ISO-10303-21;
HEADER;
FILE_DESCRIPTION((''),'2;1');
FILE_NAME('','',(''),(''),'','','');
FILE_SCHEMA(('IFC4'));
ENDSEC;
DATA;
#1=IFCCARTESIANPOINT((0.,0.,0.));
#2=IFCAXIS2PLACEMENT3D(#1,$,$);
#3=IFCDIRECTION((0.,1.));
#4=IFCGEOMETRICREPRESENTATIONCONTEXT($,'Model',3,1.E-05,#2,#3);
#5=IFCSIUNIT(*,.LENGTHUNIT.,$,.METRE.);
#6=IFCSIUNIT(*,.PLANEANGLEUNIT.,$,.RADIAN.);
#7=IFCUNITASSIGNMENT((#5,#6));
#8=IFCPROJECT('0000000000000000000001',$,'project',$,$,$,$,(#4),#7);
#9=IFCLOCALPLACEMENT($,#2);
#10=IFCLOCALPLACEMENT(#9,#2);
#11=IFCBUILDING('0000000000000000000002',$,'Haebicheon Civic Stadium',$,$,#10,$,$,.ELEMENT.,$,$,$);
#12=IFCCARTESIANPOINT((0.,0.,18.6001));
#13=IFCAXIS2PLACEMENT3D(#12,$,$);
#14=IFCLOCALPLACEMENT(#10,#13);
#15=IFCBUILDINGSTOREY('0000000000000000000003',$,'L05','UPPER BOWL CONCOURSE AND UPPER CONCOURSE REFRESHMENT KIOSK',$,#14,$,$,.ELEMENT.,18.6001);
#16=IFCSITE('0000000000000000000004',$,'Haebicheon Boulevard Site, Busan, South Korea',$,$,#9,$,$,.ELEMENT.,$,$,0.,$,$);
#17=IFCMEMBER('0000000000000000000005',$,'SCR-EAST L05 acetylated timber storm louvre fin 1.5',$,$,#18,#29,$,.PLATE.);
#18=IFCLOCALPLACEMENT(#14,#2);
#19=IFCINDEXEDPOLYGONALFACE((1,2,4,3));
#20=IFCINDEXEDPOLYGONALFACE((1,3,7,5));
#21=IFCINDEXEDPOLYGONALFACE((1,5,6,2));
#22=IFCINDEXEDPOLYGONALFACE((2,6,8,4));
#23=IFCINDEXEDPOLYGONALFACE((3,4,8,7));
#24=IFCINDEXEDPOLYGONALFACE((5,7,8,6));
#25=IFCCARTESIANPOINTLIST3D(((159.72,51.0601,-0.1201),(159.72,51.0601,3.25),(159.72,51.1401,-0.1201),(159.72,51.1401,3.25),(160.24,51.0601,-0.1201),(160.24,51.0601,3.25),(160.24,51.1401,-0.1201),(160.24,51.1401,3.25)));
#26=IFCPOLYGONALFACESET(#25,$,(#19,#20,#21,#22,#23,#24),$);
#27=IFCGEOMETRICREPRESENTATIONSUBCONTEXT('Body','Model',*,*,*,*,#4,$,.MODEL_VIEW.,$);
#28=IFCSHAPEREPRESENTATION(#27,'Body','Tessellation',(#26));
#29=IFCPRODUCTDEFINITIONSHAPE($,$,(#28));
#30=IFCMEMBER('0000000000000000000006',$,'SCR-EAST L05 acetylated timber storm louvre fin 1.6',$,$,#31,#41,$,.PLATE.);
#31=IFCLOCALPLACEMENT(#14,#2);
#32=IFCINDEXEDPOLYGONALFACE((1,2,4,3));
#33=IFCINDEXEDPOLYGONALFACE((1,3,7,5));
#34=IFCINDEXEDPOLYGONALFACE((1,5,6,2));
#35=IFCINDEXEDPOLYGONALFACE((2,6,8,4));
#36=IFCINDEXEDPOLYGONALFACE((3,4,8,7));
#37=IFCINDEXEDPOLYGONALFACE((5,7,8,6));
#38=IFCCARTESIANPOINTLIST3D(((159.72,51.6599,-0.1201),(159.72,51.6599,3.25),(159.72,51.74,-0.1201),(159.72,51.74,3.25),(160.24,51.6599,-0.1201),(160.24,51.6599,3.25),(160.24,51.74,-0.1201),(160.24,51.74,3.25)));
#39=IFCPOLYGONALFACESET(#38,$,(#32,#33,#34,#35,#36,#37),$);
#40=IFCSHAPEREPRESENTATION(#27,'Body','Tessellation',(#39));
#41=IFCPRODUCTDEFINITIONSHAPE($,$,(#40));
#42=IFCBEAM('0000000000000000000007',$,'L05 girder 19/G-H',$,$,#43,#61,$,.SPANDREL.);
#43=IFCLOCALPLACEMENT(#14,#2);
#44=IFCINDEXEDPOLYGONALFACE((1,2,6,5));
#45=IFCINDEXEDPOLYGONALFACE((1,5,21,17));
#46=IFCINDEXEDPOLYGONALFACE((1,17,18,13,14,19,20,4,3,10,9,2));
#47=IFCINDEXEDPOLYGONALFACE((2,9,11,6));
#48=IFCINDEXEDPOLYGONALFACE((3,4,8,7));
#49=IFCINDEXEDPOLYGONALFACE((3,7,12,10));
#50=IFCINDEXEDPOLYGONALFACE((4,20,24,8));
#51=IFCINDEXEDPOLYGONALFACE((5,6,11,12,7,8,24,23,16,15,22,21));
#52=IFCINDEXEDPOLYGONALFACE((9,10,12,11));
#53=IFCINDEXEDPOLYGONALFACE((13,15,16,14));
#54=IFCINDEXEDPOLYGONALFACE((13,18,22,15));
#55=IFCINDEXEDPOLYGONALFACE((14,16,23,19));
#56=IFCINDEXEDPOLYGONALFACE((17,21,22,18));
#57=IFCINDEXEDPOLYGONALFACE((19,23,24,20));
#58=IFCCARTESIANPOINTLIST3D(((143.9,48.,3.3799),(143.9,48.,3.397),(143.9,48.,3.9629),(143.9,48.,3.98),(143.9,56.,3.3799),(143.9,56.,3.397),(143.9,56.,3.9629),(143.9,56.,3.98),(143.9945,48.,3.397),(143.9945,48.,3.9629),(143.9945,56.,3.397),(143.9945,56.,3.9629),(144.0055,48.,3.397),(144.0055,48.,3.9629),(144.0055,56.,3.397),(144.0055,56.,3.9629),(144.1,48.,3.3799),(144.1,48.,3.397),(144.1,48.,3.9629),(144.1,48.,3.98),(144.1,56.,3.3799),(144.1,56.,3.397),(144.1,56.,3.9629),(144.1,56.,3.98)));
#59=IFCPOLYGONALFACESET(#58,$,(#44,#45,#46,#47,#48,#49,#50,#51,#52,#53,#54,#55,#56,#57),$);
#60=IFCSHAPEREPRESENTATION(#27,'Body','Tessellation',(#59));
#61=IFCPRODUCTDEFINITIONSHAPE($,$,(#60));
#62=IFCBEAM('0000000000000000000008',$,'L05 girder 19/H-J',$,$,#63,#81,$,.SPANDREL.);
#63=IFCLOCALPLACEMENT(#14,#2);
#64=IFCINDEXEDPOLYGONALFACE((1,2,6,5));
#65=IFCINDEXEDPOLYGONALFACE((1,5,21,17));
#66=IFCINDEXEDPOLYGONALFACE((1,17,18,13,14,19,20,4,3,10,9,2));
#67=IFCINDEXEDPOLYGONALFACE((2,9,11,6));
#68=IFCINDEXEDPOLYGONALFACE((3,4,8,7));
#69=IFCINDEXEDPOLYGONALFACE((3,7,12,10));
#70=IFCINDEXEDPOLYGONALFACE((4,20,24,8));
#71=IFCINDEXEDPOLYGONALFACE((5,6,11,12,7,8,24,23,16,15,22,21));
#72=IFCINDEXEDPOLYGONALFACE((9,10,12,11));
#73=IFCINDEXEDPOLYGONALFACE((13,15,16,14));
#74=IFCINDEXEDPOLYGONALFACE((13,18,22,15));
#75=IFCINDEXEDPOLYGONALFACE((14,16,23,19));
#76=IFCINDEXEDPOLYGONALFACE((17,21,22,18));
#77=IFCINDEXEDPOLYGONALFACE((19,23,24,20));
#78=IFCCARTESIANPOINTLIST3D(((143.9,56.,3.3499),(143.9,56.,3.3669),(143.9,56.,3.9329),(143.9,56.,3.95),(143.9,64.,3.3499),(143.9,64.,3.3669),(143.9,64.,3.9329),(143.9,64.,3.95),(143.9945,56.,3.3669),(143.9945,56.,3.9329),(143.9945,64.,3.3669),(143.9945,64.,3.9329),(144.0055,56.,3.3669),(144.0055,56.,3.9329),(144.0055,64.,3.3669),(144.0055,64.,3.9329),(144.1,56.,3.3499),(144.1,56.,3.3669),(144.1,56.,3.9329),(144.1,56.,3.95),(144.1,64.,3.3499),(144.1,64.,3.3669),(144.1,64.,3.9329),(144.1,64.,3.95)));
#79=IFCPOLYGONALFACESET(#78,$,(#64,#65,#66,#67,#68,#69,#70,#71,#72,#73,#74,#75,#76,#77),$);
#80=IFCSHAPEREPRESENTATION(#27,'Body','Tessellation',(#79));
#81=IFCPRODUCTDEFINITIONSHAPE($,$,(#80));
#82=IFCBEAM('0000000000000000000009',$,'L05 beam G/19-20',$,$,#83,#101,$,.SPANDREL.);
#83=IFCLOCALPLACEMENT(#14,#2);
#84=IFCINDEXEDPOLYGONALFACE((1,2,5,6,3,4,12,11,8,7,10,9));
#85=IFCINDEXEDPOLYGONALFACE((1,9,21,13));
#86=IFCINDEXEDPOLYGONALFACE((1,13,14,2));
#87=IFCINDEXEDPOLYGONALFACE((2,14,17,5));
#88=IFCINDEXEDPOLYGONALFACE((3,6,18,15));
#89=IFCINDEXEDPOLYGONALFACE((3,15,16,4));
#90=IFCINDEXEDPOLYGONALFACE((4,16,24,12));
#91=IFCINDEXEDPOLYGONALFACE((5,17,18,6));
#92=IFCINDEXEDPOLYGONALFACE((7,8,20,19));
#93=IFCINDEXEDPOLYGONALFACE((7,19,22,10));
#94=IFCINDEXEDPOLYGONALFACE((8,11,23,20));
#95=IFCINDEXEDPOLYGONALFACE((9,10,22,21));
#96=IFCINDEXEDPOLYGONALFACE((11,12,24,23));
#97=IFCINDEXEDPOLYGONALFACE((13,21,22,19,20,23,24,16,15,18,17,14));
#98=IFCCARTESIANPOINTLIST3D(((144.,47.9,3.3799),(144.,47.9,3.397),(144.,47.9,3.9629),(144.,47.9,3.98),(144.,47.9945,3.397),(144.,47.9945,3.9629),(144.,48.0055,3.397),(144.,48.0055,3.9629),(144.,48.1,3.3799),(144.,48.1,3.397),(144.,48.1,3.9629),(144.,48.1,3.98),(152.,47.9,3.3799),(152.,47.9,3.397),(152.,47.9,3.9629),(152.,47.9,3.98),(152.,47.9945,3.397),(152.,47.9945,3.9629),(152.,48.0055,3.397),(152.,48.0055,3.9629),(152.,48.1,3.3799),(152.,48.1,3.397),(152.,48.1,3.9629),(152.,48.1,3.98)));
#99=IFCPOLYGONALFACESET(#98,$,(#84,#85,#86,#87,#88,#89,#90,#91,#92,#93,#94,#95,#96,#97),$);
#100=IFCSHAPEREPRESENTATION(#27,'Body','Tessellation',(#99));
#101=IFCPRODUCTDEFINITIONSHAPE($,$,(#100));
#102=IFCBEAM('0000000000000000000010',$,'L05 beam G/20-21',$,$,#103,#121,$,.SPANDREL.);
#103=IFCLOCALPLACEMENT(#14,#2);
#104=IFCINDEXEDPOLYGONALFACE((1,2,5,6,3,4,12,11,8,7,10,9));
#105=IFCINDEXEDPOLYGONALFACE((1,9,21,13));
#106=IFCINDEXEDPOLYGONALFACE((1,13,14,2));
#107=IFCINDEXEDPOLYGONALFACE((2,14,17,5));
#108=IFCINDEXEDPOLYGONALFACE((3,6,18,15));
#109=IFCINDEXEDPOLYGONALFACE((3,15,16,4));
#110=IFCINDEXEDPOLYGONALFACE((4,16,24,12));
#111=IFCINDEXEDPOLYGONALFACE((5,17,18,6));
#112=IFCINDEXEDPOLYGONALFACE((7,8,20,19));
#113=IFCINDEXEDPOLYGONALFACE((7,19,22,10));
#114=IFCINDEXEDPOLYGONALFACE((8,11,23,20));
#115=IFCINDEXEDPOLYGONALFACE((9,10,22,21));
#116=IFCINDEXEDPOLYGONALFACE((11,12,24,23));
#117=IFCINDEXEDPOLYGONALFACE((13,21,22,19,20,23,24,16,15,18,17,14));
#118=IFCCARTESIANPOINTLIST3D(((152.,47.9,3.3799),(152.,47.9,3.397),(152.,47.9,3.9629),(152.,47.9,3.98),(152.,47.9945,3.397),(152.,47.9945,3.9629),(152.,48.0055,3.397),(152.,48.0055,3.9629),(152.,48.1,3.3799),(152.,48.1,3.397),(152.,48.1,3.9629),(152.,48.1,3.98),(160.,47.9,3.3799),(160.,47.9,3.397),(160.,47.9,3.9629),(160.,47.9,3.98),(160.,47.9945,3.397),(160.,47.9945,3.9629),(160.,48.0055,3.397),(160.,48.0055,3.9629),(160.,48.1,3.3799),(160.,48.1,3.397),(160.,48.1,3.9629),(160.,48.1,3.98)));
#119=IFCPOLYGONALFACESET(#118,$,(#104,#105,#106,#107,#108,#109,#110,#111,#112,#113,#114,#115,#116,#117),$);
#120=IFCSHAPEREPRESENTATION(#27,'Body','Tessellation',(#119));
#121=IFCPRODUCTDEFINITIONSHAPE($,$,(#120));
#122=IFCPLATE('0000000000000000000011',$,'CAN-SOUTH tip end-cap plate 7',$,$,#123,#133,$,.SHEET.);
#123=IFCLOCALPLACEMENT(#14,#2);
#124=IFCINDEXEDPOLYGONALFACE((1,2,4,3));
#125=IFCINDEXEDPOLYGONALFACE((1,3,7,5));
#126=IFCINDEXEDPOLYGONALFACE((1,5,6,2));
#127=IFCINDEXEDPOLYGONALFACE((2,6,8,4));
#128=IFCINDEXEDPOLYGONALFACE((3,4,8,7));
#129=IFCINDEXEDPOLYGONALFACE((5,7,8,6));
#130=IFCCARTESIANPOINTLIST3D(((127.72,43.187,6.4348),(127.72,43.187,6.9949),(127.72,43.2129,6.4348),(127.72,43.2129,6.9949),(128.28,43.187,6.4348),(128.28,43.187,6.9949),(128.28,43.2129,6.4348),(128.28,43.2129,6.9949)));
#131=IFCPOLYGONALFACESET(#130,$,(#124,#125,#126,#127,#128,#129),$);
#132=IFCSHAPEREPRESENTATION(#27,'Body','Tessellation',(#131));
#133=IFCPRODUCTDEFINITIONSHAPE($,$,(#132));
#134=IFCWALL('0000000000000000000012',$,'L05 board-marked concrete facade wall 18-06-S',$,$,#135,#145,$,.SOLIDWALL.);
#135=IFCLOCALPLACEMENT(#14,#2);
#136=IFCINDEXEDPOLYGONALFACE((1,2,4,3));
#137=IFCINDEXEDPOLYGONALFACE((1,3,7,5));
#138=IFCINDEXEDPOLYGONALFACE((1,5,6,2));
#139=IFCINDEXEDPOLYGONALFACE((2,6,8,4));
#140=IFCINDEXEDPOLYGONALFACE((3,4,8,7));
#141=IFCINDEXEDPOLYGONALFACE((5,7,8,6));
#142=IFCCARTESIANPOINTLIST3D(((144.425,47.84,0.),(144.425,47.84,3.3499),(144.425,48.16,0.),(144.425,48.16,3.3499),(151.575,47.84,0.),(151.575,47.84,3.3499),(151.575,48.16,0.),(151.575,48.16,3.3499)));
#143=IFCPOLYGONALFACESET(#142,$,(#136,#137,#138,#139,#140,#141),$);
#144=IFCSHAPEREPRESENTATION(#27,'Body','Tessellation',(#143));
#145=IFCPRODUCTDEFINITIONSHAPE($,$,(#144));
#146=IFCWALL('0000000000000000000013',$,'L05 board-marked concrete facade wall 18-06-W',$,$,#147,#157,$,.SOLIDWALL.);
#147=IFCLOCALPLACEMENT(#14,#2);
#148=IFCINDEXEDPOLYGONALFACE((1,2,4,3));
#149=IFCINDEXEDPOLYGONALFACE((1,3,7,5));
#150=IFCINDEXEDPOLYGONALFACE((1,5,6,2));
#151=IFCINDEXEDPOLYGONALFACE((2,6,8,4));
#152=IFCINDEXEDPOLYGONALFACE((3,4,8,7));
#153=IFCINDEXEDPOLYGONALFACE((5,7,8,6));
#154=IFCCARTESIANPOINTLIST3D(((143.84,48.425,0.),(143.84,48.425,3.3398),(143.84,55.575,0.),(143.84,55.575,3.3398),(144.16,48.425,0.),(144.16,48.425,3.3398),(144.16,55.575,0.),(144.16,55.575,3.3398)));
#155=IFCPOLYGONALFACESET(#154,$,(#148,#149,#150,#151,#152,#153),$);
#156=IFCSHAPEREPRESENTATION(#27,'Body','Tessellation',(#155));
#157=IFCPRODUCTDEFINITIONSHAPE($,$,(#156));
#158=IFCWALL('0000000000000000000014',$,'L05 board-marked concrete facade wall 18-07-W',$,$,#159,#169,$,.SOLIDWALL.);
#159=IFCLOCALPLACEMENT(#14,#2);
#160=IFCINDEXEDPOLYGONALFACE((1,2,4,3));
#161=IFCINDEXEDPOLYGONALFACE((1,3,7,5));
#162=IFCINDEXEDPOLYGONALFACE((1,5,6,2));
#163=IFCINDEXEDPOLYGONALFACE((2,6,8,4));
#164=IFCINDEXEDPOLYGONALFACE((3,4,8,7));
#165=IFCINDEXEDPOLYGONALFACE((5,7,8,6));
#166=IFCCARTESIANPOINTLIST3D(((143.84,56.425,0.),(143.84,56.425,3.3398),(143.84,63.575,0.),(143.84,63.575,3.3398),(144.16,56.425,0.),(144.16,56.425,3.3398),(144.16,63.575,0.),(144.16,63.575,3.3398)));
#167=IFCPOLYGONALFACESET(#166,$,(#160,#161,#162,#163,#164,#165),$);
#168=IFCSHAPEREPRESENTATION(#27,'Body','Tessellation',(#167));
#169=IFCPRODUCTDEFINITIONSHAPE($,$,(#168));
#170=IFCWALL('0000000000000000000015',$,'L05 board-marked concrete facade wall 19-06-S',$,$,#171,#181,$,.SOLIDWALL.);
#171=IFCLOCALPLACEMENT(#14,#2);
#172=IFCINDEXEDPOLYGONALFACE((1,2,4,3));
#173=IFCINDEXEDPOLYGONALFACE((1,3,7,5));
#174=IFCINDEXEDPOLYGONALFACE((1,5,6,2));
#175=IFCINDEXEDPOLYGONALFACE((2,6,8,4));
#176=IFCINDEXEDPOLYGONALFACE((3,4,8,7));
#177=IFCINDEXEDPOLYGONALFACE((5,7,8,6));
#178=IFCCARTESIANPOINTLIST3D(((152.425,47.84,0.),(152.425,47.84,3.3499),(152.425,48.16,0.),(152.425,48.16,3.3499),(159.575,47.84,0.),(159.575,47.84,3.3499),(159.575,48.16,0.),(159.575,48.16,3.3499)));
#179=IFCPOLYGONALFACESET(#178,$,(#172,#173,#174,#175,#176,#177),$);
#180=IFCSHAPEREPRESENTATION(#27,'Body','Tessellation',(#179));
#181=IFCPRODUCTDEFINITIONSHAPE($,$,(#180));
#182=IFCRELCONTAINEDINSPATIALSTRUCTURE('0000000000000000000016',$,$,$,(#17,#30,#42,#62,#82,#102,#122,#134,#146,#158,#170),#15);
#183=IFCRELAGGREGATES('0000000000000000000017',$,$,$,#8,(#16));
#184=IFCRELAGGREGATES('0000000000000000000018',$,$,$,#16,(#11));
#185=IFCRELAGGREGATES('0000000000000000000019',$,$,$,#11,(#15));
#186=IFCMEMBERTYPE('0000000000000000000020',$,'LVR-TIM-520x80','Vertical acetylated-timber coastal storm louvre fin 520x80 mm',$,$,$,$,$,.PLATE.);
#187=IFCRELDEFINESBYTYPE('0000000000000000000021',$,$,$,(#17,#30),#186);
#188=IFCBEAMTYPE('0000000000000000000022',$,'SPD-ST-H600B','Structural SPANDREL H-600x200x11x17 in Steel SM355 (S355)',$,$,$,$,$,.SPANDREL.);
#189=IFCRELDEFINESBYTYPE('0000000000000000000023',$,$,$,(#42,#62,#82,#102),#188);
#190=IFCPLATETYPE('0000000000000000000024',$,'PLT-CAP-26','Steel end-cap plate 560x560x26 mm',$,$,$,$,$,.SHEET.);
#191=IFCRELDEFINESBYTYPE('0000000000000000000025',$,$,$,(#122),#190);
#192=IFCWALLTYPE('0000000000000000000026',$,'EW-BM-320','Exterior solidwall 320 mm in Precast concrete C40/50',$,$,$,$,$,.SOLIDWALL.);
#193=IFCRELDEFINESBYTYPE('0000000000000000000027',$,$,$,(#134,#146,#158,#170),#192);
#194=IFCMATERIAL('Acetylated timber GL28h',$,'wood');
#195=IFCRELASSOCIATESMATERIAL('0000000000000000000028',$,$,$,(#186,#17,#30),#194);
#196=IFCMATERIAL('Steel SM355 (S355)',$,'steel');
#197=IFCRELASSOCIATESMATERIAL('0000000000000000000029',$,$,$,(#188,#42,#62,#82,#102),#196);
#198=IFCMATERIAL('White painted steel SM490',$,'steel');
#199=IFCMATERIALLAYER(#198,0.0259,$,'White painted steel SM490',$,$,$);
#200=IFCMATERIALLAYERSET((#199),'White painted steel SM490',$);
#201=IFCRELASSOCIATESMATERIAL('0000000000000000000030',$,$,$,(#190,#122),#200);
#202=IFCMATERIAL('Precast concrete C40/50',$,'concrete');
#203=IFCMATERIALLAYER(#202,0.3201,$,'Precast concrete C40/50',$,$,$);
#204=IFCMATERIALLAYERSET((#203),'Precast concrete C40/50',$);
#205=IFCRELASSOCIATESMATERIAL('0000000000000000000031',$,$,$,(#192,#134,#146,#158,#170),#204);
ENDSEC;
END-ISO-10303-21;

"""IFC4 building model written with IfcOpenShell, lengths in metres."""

from ifc_helpers import new_model, si_unit, direction, frame, frame_2d, origin, origin_2d, place, context, subcontext, project, spatial, rectangle, i_section, extrude, material, layer, layer_set, material_profile, profile_set, type_object, element, save


model = new_model("IFC4")

# Units and contexts
model_context = context("Model", 3, precision=1e-05, world=origin(), true_north=direction((0.0, 1.0)))
body_context = subcontext(model_context, "Body", "Model", "MODEL_VIEW")
ifc_project = project(units=[si_unit("LENGTHUNIT", "METRE"), si_unit("PLANEANGLEUNIT", "RADIAN")], contexts=[model_context])

# Site, building, storey
site_placement = place(None, origin())
site = spatial("IfcSite", under=ifc_project, at=site_placement, Name="Haebicheon Boulevard Site, Busan, South Korea", CompositionType="ELEMENT", RefElevation=0.0)
building_placement = place(site_placement, origin())
building = spatial("IfcBuilding", under=site, at=building_placement, Name="Haebicheon Civic Stadium", CompositionType="ELEMENT")
storey_placement = place(building_placement, frame((0.0, 0.0, 18.6001)))
storey = spatial("IfcBuildingStorey", under=building, at=storey_placement, Name="L05", Description="UPPER BOWL CONCOURSE AND UPPER CONCOURSE REFRESHMENT KIOSK", CompositionType="ELEMENT", Elevation=18.6001)

# Members
ifc_material_1 = material(Name="Acetylated timber GL28h", Category="wood")
ifc_material_profile_1 = material_profile(ifc_material_1, rectangle(XDim=0.0801, YDim=0.52, at=origin_2d()), Name="TMB-LOUV-80x520")
ifc_profile_set_1 = profile_set([ifc_material_profile_1], Name="Acetylated timber GL28h")
member_type = type_object("IfcMemberType", Name="LVR-TIM-520x80", Description="Vertical acetylated-timber coastal storm louvre fin 520x80 mm", PredefinedType="PLATE", material=ifc_profile_set_1)
for number, where, z_axis, x_axis, name in (
    (1, (159.98, 51.1001, -0.1201), (0.0, 0.0, 1.0), (0.0, 1.0, 0.0), "SCR-EAST L05 acetylated timber storm louvre fin 1.5"),
    (2, (159.98, 51.7, -0.1201), (0.0, 0.0, 1.0), (0.0, 1.0, 0.0), "SCR-EAST L05 acetylated timber storm louvre fin 1.6"),
):
    element("IfcMember", number, at=place(storey_placement, frame(where, z_axis=z_axis, x_axis=x_axis)), inside=storey, type_object=member_type, material=ifc_profile_set_1, Name=name, PredefinedType="PLATE", context=body_context, shape_type="SweptSolid", body=[
        extrude(rectangle(XDim=0.0801, YDim=0.52, at=origin_2d()), origin(), (0.0, 0.0, 1.0), 3.3701),
    ])

# Beams
ifc_material_2 = material(Name="Steel SM355 (S355)", Category="steel")
ifc_material_profile_2 = material_profile(ifc_material_2, i_section(OverallWidth=0.2, OverallDepth=0.6001, WebThickness=0.011, FlangeThickness=0.0171, at=origin_2d()), Name="H-600x200x11x17")
ifc_profile_set_2 = profile_set([ifc_material_profile_2], Name="Steel SM355 (S355)")
beam_type_1 = type_object("IfcBeamType", Name="SPD-ST-H600B", Description="Structural SPANDREL H-600x200x11x17 in Steel SM355 (S355)", PredefinedType="SPANDREL", material=ifc_profile_set_2)
for number, where, z_axis, x_axis, name in (
    (3, (144.0, 48.0, 3.6799), (0.0, 1.0, 0.0), (-1.0, 0.0, 0.0), "L05 girder 19/G-H"),
    (4, (144.0, 56.0, 3.6499), (0.0, 1.0, 0.0), (-1.0, 0.0, 0.0), "L05 girder 19/H-J"),
    (5, (144.0, 48.0, 3.6799), (1.0, 0.0, 0.0), (0.0, 1.0, 0.0), "L05 beam G/19-20"),
    (6, (152.0, 48.0, 3.6799), (1.0, 0.0, 0.0), (0.0, 1.0, 0.0), "L05 beam G/20-21"),
):
    element("IfcBeam", number, at=place(storey_placement, frame(where, z_axis=z_axis, x_axis=x_axis)), inside=storey, type_object=beam_type_1, material=ifc_profile_set_2, Name=name, PredefinedType="SPANDREL", context=body_context, shape_type="SweptSolid", body=[
        extrude(i_section(OverallWidth=0.2, OverallDepth=0.6001, WebThickness=0.011, FlangeThickness=0.0171, at=origin_2d()), origin(), (0.0, 0.0, 1.0), 8.0),
    ])

# Plate
ifc_material_3 = material(Name="White painted steel SM490", Category="steel")
ifc_layer_1 = layer(ifc_material_3, 0.0259, Name="White painted steel SM490")
ifc_layer_set_1 = layer_set([ifc_layer_1], Name="White painted steel SM490")
plate_type = type_object("IfcPlateType", Name="PLT-CAP-26", Description="Steel end-cap plate 560x560x26 mm", PredefinedType="SHEET", material=ifc_layer_set_1)
plate_placement = place(storey_placement, frame((128.0, 43.2, 6.4348), z_axis=(0.0, 0.0, 1.0), x_axis=(-1.0, 0.0, 0.0)))
element("IfcPlate", 7, at=plate_placement, inside=storey, type_object=plate_type, material=ifc_layer_set_1, Name="CAN-SOUTH tip end-cap plate 7", PredefinedType="SHEET", context=body_context, shape_type="SweptSolid", body=[
    extrude(rectangle(XDim=0.5601, YDim=0.0259, at=origin_2d()), origin(), (0.0, 0.0, 1.0), 0.5601),
])

# Walls
ifc_material_4 = material(Name="Precast concrete C40/50", Category="concrete")
ifc_layer_2 = layer(ifc_material_4, 0.3201, Name="Precast concrete C40/50")
ifc_layer_set_2 = layer_set([ifc_layer_2], Name="Precast concrete C40/50")
wall_type = type_object("IfcWallType", Name="EW-BM-320", Description="Exterior solidwall 320 mm in Precast concrete C40/50", PredefinedType="SOLIDWALL", material=ifc_layer_set_2)
wall_1_placement = place(storey_placement, frame((144.425, 48.0, 0.0), z_axis=(0.0, 0.0, 1.0), x_axis=(1.0, 0.0, 0.0)))
element("IfcWall", 8, at=wall_1_placement, inside=storey, type_object=wall_type, material=ifc_layer_set_2, Name="L05 board-marked concrete facade wall 18-06-S", PredefinedType="SOLIDWALL", context=body_context, shape_type="SweptSolid", body=[
    extrude(rectangle(XDim=7.1499, YDim=0.3201, at=frame_2d((3.575, 0.0))), origin(), (0.0, 0.0, 1.0), 3.3499),
])
for number, where, z_axis, x_axis, name in (
    (9, (144.0, 48.425, 0.0), (0.0, 0.0, 1.0), (0.0, 1.0, 0.0), "L05 board-marked concrete facade wall 18-06-W"),
    (10, (144.0, 56.425, 0.0), (0.0, 0.0, 1.0), (0.0, 1.0, 0.0), "L05 board-marked concrete facade wall 18-07-W"),
):
    element("IfcWall", number, at=place(storey_placement, frame(where, z_axis=z_axis, x_axis=x_axis)), inside=storey, type_object=wall_type, material=ifc_layer_set_2, Name=name, PredefinedType="SOLIDWALL", context=body_context, shape_type="SweptSolid", body=[
        extrude(rectangle(XDim=7.1499, YDim=0.3201, at=frame_2d((3.575, 0.0))), origin(), (0.0, 0.0, 1.0), 3.3398),
    ])
wall_2_placement = place(storey_placement, frame((152.425, 48.0, 0.0), z_axis=(0.0, 0.0, 1.0), x_axis=(1.0, 0.0, 0.0)))
element("IfcWall", 11, at=wall_2_placement, inside=storey, type_object=wall_type, material=ifc_layer_set_2, Name="L05 board-marked concrete facade wall 19-06-S", PredefinedType="SOLIDWALL", context=body_context, shape_type="SweptSolid", body=[
    extrude(rectangle(XDim=7.1499, YDim=0.3201, at=frame_2d((3.575, 0.0))), origin(), (0.0, 0.0, 1.0), 3.3499),
])

save(model, "model.ifc")
